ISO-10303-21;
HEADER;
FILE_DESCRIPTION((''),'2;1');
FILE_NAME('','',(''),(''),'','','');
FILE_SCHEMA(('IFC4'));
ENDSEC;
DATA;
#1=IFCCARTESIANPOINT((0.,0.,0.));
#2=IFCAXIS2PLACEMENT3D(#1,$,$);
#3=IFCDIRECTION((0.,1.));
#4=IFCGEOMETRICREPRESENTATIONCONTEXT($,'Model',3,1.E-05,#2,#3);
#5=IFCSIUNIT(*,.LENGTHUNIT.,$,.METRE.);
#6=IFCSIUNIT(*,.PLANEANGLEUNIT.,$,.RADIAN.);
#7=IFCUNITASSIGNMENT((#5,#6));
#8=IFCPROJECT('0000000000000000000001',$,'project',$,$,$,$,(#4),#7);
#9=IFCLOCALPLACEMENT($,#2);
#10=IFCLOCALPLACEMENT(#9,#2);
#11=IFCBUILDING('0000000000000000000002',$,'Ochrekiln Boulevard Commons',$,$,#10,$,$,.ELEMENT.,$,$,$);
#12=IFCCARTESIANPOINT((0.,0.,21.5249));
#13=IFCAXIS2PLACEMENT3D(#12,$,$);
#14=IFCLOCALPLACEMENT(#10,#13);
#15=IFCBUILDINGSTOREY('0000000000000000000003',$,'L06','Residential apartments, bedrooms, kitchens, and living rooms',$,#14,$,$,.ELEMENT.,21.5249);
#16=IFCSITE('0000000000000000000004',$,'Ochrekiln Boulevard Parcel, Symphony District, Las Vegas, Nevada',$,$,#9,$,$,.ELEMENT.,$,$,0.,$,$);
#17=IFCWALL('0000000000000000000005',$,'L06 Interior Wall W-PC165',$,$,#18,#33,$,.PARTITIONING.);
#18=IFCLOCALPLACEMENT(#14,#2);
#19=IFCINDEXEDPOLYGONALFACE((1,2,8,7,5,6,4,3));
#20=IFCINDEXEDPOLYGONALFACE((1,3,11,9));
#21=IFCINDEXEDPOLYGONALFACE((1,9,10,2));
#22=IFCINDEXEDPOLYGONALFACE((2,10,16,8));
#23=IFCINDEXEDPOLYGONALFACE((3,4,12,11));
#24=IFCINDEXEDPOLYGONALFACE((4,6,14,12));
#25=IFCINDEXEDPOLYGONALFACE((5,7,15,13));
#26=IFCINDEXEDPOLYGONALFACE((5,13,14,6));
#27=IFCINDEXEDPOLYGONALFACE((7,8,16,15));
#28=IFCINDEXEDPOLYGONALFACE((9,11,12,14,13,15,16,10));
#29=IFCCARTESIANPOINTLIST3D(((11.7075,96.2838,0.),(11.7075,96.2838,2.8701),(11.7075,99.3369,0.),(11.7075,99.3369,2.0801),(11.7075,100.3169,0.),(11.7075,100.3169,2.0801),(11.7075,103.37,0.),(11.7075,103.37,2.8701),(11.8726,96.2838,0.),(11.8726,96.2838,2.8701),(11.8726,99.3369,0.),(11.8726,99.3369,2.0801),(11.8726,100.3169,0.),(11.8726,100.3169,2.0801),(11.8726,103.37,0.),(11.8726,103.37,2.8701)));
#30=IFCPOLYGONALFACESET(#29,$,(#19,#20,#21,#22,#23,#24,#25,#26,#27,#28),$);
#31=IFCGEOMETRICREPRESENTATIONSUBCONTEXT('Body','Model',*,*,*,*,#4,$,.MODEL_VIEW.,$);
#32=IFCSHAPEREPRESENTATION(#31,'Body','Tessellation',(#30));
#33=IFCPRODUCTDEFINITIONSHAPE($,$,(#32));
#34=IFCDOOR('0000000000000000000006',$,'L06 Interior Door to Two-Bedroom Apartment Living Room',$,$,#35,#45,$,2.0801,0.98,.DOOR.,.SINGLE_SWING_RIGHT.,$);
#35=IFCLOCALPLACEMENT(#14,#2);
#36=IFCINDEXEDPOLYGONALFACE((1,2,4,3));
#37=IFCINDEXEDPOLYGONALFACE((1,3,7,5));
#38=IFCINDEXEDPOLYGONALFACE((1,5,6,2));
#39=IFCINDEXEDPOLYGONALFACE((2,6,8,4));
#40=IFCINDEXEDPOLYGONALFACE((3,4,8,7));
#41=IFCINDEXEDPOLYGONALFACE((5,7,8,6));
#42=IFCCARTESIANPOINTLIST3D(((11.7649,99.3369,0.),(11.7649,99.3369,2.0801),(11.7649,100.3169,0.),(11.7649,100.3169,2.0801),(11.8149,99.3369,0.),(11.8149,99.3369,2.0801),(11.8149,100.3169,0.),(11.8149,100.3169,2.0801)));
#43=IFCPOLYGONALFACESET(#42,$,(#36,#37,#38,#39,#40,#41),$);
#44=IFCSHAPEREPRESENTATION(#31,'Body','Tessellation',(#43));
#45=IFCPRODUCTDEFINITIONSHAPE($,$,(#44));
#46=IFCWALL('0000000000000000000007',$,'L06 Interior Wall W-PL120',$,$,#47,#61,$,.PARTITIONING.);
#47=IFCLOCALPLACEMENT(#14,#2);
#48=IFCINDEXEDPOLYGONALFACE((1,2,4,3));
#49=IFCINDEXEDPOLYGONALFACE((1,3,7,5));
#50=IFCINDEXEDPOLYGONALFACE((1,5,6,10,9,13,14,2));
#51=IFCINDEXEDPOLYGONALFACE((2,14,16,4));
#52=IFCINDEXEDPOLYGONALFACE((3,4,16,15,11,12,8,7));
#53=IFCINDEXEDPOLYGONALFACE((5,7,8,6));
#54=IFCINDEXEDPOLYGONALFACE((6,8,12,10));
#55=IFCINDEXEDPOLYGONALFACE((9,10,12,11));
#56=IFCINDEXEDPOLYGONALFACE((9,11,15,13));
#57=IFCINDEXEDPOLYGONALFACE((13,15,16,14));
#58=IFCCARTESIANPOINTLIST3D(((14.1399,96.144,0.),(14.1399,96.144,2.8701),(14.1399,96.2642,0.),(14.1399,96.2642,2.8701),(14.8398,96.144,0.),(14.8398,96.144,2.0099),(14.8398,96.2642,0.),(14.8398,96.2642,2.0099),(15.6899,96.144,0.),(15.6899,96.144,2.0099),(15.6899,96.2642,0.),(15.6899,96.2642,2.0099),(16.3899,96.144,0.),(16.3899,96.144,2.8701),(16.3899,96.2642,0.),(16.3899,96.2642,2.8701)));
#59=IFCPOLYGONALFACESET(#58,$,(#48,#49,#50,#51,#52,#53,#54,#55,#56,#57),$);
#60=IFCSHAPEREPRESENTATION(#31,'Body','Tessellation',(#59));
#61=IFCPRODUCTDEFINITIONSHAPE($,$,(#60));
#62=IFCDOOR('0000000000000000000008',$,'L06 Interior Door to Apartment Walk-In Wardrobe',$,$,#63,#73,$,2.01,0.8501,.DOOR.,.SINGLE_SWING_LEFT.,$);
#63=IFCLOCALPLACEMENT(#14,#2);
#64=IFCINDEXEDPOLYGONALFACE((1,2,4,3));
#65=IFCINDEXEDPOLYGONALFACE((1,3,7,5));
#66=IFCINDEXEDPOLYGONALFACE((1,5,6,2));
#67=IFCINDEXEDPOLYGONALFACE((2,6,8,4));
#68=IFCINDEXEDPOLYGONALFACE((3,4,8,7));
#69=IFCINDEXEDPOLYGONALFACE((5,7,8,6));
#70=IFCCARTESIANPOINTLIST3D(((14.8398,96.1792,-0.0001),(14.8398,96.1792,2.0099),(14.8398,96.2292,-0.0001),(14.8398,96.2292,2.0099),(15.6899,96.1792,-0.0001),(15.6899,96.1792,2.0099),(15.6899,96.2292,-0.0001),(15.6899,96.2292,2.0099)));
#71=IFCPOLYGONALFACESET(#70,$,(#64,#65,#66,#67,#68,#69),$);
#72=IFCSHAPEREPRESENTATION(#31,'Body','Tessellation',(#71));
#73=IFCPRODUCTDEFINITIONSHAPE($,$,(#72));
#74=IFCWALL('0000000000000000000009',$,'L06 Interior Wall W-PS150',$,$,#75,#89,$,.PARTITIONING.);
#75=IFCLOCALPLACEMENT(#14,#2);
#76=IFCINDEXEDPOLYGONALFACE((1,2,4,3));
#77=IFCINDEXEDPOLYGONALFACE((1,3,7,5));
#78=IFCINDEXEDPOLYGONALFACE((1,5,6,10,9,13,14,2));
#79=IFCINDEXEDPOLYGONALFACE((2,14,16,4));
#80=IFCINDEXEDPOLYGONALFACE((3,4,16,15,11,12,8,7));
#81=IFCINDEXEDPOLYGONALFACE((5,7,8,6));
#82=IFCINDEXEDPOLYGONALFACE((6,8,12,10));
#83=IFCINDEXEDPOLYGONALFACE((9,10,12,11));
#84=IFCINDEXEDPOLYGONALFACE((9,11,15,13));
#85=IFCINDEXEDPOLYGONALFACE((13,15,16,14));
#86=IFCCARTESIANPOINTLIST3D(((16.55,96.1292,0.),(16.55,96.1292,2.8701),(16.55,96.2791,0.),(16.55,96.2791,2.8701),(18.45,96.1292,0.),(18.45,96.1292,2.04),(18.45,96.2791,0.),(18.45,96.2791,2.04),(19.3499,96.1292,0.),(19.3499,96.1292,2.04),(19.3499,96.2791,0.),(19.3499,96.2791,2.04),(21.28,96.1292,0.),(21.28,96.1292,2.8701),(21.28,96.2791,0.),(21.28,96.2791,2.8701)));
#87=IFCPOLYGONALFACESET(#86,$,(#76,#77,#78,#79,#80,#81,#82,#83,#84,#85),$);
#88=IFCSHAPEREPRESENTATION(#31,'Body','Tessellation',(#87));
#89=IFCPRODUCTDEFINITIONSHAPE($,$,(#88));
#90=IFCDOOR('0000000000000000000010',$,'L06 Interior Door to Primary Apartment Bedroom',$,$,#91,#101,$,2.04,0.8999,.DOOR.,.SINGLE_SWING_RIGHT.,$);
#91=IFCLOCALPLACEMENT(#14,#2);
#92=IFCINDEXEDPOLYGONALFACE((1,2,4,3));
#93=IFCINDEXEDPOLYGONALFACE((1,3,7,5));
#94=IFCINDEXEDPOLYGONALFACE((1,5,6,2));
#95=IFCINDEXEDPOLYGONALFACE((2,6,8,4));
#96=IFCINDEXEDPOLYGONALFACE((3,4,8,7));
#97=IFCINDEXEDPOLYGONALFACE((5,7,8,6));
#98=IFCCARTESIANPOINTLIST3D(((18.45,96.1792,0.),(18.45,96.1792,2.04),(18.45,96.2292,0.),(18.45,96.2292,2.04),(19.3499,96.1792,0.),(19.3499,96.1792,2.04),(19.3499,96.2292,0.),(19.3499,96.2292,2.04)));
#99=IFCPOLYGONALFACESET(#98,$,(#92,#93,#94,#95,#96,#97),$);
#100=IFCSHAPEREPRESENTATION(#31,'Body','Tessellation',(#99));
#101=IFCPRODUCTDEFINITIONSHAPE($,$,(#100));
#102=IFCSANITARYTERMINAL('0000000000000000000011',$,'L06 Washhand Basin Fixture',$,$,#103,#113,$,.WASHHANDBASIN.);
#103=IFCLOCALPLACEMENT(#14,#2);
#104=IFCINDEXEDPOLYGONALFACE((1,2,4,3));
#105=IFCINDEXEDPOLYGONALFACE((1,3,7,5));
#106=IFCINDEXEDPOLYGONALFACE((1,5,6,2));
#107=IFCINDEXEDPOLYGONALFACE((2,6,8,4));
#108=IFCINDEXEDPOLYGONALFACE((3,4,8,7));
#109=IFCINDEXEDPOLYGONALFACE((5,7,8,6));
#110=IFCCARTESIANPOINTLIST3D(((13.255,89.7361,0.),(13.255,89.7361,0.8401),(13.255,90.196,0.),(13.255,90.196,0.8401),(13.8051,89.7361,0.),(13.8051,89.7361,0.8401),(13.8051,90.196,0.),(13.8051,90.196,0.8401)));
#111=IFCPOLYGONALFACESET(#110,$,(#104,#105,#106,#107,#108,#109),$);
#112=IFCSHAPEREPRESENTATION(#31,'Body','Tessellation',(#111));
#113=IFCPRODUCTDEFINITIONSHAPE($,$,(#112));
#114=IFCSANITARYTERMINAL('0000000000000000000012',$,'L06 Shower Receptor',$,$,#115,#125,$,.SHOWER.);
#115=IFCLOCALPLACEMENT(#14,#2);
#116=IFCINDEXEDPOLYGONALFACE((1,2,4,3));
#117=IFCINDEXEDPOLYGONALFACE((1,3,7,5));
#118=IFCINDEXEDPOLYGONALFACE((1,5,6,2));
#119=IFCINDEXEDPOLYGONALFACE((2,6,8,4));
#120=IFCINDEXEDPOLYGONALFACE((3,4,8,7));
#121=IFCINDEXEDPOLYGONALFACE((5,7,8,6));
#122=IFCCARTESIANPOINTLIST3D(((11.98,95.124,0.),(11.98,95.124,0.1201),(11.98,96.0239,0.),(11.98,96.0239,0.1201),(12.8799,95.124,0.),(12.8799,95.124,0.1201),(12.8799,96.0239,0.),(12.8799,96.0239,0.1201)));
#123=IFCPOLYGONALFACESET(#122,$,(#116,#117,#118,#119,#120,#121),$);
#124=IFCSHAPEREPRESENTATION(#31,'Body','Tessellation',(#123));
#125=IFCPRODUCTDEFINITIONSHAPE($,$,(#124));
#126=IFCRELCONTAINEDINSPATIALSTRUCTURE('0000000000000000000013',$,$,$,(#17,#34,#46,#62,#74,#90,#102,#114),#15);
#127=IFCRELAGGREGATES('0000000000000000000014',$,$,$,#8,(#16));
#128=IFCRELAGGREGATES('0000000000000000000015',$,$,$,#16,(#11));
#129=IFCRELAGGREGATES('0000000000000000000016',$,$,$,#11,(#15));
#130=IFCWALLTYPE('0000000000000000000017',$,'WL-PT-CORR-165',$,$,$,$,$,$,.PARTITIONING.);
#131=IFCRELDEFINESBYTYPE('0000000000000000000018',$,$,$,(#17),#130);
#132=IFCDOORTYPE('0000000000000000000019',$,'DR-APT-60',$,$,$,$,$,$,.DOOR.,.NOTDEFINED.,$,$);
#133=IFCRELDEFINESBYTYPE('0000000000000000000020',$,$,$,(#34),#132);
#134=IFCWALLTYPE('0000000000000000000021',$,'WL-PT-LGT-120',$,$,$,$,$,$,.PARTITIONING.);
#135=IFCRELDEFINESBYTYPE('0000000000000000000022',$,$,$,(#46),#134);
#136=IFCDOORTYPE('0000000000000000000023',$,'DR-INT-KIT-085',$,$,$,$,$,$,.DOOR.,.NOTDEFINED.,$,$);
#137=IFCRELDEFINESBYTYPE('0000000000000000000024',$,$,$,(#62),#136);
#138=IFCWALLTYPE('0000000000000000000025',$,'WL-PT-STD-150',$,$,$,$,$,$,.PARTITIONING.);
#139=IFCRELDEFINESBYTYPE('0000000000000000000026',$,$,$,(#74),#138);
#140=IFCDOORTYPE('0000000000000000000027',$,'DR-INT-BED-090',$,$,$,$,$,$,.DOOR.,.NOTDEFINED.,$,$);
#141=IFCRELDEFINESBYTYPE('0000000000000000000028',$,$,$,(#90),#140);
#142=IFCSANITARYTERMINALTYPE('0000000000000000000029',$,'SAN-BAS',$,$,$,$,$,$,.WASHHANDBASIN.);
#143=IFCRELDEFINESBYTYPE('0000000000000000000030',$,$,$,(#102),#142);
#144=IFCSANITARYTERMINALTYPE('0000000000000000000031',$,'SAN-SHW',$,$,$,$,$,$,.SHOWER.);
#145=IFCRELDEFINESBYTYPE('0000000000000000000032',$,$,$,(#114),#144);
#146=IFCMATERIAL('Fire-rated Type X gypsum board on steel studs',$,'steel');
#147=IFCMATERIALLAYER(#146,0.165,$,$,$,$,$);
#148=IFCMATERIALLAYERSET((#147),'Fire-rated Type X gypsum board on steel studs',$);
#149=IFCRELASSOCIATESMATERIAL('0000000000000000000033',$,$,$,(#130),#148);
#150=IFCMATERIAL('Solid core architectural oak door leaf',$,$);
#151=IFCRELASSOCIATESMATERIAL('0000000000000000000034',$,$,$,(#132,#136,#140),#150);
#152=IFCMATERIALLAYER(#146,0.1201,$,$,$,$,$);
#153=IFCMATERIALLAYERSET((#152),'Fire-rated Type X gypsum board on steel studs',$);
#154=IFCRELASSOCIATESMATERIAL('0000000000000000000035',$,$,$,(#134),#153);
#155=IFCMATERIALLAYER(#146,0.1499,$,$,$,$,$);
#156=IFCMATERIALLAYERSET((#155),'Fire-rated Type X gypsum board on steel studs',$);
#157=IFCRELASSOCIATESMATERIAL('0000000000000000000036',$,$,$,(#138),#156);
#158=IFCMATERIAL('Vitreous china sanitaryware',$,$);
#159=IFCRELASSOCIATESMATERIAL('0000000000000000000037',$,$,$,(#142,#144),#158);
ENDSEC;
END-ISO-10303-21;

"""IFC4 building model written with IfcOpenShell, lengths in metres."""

from ifc_helpers import new_model, si_unit, direction, frame, frame_2d, origin, origin_2d, place, context, subcontext, project, spatial, rectangle, extrude, material, layer, layer_set, type_object, element, fill, save


model = new_model("IFC4")

# Units and contexts
model_context = context("Model", 3, precision=1e-05, world=origin(), true_north=direction((0.0, 1.0)))
body_context = subcontext(model_context, "Body", "Model", "MODEL_VIEW")
ifc_project = project(units=[si_unit("LENGTHUNIT", "METRE"), si_unit("PLANEANGLEUNIT", "RADIAN")], contexts=[model_context])

# Site, building, storey
site_placement = place(None, origin())
site = spatial("IfcSite", under=ifc_project, at=site_placement, Name="Ochrekiln Boulevard Parcel, Symphony District, Las Vegas, Nevada", CompositionType="ELEMENT", RefElevation=0.0)
building_placement = place(site_placement, origin())
building = spatial("IfcBuilding", under=site, at=building_placement, Name="Ochrekiln Boulevard Commons", CompositionType="ELEMENT")
storey_placement = place(building_placement, frame((0.0, 0.0, 21.5249)))
storey = spatial("IfcBuildingStorey", under=building, at=storey_placement, Name="L06", Description="Residential apartments, bedrooms, kitchens, and living rooms", CompositionType="ELEMENT", Elevation=21.5249)

# Walls, openings, doors
ifc_material_1 = material(Name="Solid core architectural oak door leaf")
ifc_material_2 = material(Name="Fire-rated Type X gypsum board on steel studs", Category="steel")
ifc_layer_1 = layer(ifc_material_2, 0.165)
ifc_layer_set_1 = layer_set([ifc_layer_1], Name="Fire-rated Type X gypsum board on steel studs")
wall_type_1 = type_object("IfcWallType", Name="WL-PT-CORR-165", PredefinedType="PARTITIONING", material=ifc_layer_set_1)
door_type_1 = type_object("IfcDoorType", Name="DR-APT-60", OperationType="NOTDEFINED", PredefinedType="DOOR", material=ifc_material_1)
wall_1_placement = place(storey_placement, frame((11.79, 96.2839, 0.0), z_axis=(0.0, 0.0, 1.0), x_axis=(0.0, 1.0, 0.0)))
wall_1 = element("IfcWall", 1, at=wall_1_placement, inside=storey, type_object=wall_type_1, Name="L06 Interior Wall W-PC165", PredefinedType="PARTITIONING", context=body_context, shape_type="SweptSolid", body=[
    extrude(rectangle(XDim=7.0862, YDim=0.165, at=frame_2d((3.543, 0.0))), origin(), (0.0, 0.0, 1.0), 2.8701),
])
opening_1_placement = place(wall_1_placement, frame((3.053, 0.0, 0.0)))
opening_1 = element("IfcOpeningElement", 2, at=opening_1_placement, cuts=wall_1, PredefinedType="OPENING", context=body_context, shape_type="SweptSolid", body=[
    extrude(rectangle(XDim=0.98, YDim=2.0801, at=frame_2d((0.49, 1.04))), frame((0.0, 0.0925, 0.0), z_axis=(0.0, -1.0, 0.0), x_axis=(1.0, 0.0, 0.0)), (0.0, 0.0, 1.0), 0.1851),
])
door_1_placement = place(opening_1_placement, frame((0.98, 0.0, 0.0), z_axis=(0.0, 0.0, 1.0), x_axis=(-1.0, 0.0, 0.0)))
door_1 = element("IfcDoor", 3, at=door_1_placement, inside=storey, type_object=door_type_1, Name="L06 Interior Door to Two-Bedroom Apartment Living Room", OperationType="SINGLE_SWING_RIGHT", OverallHeight=2.0801, OverallWidth=0.98, PredefinedType="DOOR", context=body_context, shape_type="SweptSolid", body=[
    extrude(rectangle(XDim=0.98, YDim=2.0801, at=frame_2d((0.49, 1.04))), frame((0.0, 0.0249, 0.0), z_axis=(0.0, -1.0, 0.0), x_axis=(1.0, 0.0, 0.0)), (0.0, 0.0, 1.0), 0.05),
])
fill(opening_1, door_1)
ifc_layer_2 = layer(ifc_material_2, 0.1201)
ifc_layer_set_2 = layer_set([ifc_layer_2], Name="Fire-rated Type X gypsum board on steel studs")
wall_type_2 = type_object("IfcWallType", Name="WL-PT-LGT-120", PredefinedType="PARTITIONING", material=ifc_layer_set_2)
wall_2_placement = place(storey_placement, frame((14.1399, 96.2041, 0.0), z_axis=(0.0, 0.0, 1.0), x_axis=(1.0, 0.0, 0.0)))
wall_2 = element("IfcWall", 4, at=wall_2_placement, inside=storey, type_object=wall_type_2, Name="L06 Interior Wall W-PL120", PredefinedType="PARTITIONING", context=body_context, shape_type="SweptSolid", body=[
    extrude(rectangle(XDim=2.25, YDim=0.1201, at=frame_2d((1.125, 0.0))), origin(), (0.0, 0.0, 1.0), 2.8701),
])
opening_2_placement = place(wall_2_placement, frame((0.7, 0.0, 0.0)))
opening_2 = element("IfcOpeningElement", 5, at=opening_2_placement, cuts=wall_2, PredefinedType="OPENING", context=body_context, shape_type="SweptSolid", body=[
    extrude(rectangle(XDim=0.8501, YDim=2.01, at=frame_2d((0.425, 1.0049))), frame((0.0, 0.0701, 0.0), z_axis=(0.0, -1.0, 0.0), x_axis=(1.0, 0.0, 0.0)), (0.0, 0.0, 1.0), 0.1401),
])
door_type_2 = type_object("IfcDoorType", Name="DR-INT-KIT-085", OperationType="NOTDEFINED", PredefinedType="DOOR", material=ifc_material_1)
door_2_placement = place(opening_2_placement, frame((0.8501, 0.0, 0.0), z_axis=(0.0, 0.0, 1.0), x_axis=(-1.0, 0.0, 0.0)))
door_2 = element("IfcDoor", 6, at=door_2_placement, inside=storey, type_object=door_type_2, Name="L06 Interior Door to Apartment Walk-In Wardrobe", OperationType="SINGLE_SWING_LEFT", OverallHeight=2.01, OverallWidth=0.8501, PredefinedType="DOOR", context=body_context, shape_type="SweptSolid", body=[
    extrude(rectangle(XDim=0.8501, YDim=2.01, at=frame_2d((0.425, 1.0049))), frame((0.0, 0.0249, 0.0), z_axis=(0.0, -1.0, 0.0), x_axis=(1.0, 0.0, 0.0)), (0.0, 0.0, 1.0), 0.05),
])
fill(opening_2, door_2)
ifc_layer_3 = layer(ifc_material_2, 0.1499)
ifc_layer_set_3 = layer_set([ifc_layer_3], Name="Fire-rated Type X gypsum board on steel studs")
wall_type_3 = type_object("IfcWallType", Name="WL-PT-STD-150", PredefinedType="PARTITIONING", material=ifc_layer_set_3)
wall_3_placement = place(storey_placement, frame((16.55, 96.2041, 0.0), z_axis=(0.0, 0.0, 1.0), x_axis=(1.0, 0.0, 0.0)))
wall_3 = element("IfcWall", 7, at=wall_3_placement, inside=storey, type_object=wall_type_3, Name="L06 Interior Wall W-PS150", PredefinedType="PARTITIONING", context=body_context, shape_type="SweptSolid", body=[
    extrude(rectangle(XDim=4.73, YDim=0.1499, at=frame_2d((2.365, 0.0))), origin(), (0.0, 0.0, 1.0), 2.8701),
])
opening_3_placement = place(wall_3_placement, frame((1.8999, 0.0, 0.0)))
opening_3 = element("IfcOpeningElement", 8, at=opening_3_placement, cuts=wall_3, PredefinedType="OPENING", context=body_context, shape_type="SweptSolid", body=[
    extrude(rectangle(XDim=0.8999, YDim=2.04, at=frame_2d((0.45, 1.02))), frame((0.0, 0.085, 0.0), z_axis=(0.0, -1.0, 0.0), x_axis=(1.0, 0.0, 0.0)), (0.0, 0.0, 1.0), 0.1699),
])
door_type_3 = type_object("IfcDoorType", Name="DR-INT-BED-090", OperationType="NOTDEFINED", PredefinedType="DOOR", material=ifc_material_1)
door_3_placement = place(opening_3_placement, frame((0.8999, 0.0, 0.0), z_axis=(0.0, 0.0, 1.0), x_axis=(-1.0, 0.0, 0.0)))
door_3 = element("IfcDoor", 9, at=door_3_placement, inside=storey, type_object=door_type_3, Name="L06 Interior Door to Primary Apartment Bedroom", OperationType="SINGLE_SWING_RIGHT", OverallHeight=2.04, OverallWidth=0.8999, PredefinedType="DOOR", context=body_context, shape_type="SweptSolid", body=[
    extrude(rectangle(XDim=0.8999, YDim=2.04, at=frame_2d((0.45, 1.02))), frame((0.0, 0.0249, 0.0), z_axis=(0.0, -1.0, 0.0), x_axis=(1.0, 0.0, 0.0)), (0.0, 0.0, 1.0), 0.05),
])
fill(opening_3, door_3)

# Sanitary terminals
ifc_material_3 = material(Name="Vitreous china sanitaryware")
sanitary_terminal_type_1 = type_object("IfcSanitaryTerminalType", Name="SAN-BAS", PredefinedType="WASHHANDBASIN", material=ifc_material_3)
sanitary_terminal_1_placement = place(storey_placement, frame((13.53, 89.9661, 0.0), z_axis=(0.0, 0.0, 1.0), x_axis=(1.0, 0.0, 0.0)))
element("IfcSanitaryTerminal", 10, at=sanitary_terminal_1_placement, inside=storey, type_object=sanitary_terminal_type_1, Name="L06 Washhand Basin Fixture", PredefinedType="WASHHANDBASIN", context=body_context, shape_type="SweptSolid", body=[
    extrude(rectangle(XDim=0.55, YDim=0.46, at=origin_2d()), origin(), (0.0, 0.0, 1.0), 0.8401),
])
sanitary_terminal_type_2 = type_object("IfcSanitaryTerminalType", Name="SAN-SHW", PredefinedType="SHOWER", material=ifc_material_3)
sanitary_terminal_2_placement = place(storey_placement, frame((12.4299, 95.574, 0.0), z_axis=(0.0, 0.0, 1.0), x_axis=(1.0, 0.0, 0.0)))
element("IfcSanitaryTerminal", 11, at=sanitary_terminal_2_placement, inside=storey, type_object=sanitary_terminal_type_2, Name="L06 Shower Receptor", PredefinedType="SHOWER", context=body_context, shape_type="SweptSolid", body=[
    extrude(rectangle(XDim=0.8999, YDim=0.8999, at=origin_2d()), origin(), (0.0, 0.0, 1.0), 0.1201),
])

save(model, "model.ifc")
